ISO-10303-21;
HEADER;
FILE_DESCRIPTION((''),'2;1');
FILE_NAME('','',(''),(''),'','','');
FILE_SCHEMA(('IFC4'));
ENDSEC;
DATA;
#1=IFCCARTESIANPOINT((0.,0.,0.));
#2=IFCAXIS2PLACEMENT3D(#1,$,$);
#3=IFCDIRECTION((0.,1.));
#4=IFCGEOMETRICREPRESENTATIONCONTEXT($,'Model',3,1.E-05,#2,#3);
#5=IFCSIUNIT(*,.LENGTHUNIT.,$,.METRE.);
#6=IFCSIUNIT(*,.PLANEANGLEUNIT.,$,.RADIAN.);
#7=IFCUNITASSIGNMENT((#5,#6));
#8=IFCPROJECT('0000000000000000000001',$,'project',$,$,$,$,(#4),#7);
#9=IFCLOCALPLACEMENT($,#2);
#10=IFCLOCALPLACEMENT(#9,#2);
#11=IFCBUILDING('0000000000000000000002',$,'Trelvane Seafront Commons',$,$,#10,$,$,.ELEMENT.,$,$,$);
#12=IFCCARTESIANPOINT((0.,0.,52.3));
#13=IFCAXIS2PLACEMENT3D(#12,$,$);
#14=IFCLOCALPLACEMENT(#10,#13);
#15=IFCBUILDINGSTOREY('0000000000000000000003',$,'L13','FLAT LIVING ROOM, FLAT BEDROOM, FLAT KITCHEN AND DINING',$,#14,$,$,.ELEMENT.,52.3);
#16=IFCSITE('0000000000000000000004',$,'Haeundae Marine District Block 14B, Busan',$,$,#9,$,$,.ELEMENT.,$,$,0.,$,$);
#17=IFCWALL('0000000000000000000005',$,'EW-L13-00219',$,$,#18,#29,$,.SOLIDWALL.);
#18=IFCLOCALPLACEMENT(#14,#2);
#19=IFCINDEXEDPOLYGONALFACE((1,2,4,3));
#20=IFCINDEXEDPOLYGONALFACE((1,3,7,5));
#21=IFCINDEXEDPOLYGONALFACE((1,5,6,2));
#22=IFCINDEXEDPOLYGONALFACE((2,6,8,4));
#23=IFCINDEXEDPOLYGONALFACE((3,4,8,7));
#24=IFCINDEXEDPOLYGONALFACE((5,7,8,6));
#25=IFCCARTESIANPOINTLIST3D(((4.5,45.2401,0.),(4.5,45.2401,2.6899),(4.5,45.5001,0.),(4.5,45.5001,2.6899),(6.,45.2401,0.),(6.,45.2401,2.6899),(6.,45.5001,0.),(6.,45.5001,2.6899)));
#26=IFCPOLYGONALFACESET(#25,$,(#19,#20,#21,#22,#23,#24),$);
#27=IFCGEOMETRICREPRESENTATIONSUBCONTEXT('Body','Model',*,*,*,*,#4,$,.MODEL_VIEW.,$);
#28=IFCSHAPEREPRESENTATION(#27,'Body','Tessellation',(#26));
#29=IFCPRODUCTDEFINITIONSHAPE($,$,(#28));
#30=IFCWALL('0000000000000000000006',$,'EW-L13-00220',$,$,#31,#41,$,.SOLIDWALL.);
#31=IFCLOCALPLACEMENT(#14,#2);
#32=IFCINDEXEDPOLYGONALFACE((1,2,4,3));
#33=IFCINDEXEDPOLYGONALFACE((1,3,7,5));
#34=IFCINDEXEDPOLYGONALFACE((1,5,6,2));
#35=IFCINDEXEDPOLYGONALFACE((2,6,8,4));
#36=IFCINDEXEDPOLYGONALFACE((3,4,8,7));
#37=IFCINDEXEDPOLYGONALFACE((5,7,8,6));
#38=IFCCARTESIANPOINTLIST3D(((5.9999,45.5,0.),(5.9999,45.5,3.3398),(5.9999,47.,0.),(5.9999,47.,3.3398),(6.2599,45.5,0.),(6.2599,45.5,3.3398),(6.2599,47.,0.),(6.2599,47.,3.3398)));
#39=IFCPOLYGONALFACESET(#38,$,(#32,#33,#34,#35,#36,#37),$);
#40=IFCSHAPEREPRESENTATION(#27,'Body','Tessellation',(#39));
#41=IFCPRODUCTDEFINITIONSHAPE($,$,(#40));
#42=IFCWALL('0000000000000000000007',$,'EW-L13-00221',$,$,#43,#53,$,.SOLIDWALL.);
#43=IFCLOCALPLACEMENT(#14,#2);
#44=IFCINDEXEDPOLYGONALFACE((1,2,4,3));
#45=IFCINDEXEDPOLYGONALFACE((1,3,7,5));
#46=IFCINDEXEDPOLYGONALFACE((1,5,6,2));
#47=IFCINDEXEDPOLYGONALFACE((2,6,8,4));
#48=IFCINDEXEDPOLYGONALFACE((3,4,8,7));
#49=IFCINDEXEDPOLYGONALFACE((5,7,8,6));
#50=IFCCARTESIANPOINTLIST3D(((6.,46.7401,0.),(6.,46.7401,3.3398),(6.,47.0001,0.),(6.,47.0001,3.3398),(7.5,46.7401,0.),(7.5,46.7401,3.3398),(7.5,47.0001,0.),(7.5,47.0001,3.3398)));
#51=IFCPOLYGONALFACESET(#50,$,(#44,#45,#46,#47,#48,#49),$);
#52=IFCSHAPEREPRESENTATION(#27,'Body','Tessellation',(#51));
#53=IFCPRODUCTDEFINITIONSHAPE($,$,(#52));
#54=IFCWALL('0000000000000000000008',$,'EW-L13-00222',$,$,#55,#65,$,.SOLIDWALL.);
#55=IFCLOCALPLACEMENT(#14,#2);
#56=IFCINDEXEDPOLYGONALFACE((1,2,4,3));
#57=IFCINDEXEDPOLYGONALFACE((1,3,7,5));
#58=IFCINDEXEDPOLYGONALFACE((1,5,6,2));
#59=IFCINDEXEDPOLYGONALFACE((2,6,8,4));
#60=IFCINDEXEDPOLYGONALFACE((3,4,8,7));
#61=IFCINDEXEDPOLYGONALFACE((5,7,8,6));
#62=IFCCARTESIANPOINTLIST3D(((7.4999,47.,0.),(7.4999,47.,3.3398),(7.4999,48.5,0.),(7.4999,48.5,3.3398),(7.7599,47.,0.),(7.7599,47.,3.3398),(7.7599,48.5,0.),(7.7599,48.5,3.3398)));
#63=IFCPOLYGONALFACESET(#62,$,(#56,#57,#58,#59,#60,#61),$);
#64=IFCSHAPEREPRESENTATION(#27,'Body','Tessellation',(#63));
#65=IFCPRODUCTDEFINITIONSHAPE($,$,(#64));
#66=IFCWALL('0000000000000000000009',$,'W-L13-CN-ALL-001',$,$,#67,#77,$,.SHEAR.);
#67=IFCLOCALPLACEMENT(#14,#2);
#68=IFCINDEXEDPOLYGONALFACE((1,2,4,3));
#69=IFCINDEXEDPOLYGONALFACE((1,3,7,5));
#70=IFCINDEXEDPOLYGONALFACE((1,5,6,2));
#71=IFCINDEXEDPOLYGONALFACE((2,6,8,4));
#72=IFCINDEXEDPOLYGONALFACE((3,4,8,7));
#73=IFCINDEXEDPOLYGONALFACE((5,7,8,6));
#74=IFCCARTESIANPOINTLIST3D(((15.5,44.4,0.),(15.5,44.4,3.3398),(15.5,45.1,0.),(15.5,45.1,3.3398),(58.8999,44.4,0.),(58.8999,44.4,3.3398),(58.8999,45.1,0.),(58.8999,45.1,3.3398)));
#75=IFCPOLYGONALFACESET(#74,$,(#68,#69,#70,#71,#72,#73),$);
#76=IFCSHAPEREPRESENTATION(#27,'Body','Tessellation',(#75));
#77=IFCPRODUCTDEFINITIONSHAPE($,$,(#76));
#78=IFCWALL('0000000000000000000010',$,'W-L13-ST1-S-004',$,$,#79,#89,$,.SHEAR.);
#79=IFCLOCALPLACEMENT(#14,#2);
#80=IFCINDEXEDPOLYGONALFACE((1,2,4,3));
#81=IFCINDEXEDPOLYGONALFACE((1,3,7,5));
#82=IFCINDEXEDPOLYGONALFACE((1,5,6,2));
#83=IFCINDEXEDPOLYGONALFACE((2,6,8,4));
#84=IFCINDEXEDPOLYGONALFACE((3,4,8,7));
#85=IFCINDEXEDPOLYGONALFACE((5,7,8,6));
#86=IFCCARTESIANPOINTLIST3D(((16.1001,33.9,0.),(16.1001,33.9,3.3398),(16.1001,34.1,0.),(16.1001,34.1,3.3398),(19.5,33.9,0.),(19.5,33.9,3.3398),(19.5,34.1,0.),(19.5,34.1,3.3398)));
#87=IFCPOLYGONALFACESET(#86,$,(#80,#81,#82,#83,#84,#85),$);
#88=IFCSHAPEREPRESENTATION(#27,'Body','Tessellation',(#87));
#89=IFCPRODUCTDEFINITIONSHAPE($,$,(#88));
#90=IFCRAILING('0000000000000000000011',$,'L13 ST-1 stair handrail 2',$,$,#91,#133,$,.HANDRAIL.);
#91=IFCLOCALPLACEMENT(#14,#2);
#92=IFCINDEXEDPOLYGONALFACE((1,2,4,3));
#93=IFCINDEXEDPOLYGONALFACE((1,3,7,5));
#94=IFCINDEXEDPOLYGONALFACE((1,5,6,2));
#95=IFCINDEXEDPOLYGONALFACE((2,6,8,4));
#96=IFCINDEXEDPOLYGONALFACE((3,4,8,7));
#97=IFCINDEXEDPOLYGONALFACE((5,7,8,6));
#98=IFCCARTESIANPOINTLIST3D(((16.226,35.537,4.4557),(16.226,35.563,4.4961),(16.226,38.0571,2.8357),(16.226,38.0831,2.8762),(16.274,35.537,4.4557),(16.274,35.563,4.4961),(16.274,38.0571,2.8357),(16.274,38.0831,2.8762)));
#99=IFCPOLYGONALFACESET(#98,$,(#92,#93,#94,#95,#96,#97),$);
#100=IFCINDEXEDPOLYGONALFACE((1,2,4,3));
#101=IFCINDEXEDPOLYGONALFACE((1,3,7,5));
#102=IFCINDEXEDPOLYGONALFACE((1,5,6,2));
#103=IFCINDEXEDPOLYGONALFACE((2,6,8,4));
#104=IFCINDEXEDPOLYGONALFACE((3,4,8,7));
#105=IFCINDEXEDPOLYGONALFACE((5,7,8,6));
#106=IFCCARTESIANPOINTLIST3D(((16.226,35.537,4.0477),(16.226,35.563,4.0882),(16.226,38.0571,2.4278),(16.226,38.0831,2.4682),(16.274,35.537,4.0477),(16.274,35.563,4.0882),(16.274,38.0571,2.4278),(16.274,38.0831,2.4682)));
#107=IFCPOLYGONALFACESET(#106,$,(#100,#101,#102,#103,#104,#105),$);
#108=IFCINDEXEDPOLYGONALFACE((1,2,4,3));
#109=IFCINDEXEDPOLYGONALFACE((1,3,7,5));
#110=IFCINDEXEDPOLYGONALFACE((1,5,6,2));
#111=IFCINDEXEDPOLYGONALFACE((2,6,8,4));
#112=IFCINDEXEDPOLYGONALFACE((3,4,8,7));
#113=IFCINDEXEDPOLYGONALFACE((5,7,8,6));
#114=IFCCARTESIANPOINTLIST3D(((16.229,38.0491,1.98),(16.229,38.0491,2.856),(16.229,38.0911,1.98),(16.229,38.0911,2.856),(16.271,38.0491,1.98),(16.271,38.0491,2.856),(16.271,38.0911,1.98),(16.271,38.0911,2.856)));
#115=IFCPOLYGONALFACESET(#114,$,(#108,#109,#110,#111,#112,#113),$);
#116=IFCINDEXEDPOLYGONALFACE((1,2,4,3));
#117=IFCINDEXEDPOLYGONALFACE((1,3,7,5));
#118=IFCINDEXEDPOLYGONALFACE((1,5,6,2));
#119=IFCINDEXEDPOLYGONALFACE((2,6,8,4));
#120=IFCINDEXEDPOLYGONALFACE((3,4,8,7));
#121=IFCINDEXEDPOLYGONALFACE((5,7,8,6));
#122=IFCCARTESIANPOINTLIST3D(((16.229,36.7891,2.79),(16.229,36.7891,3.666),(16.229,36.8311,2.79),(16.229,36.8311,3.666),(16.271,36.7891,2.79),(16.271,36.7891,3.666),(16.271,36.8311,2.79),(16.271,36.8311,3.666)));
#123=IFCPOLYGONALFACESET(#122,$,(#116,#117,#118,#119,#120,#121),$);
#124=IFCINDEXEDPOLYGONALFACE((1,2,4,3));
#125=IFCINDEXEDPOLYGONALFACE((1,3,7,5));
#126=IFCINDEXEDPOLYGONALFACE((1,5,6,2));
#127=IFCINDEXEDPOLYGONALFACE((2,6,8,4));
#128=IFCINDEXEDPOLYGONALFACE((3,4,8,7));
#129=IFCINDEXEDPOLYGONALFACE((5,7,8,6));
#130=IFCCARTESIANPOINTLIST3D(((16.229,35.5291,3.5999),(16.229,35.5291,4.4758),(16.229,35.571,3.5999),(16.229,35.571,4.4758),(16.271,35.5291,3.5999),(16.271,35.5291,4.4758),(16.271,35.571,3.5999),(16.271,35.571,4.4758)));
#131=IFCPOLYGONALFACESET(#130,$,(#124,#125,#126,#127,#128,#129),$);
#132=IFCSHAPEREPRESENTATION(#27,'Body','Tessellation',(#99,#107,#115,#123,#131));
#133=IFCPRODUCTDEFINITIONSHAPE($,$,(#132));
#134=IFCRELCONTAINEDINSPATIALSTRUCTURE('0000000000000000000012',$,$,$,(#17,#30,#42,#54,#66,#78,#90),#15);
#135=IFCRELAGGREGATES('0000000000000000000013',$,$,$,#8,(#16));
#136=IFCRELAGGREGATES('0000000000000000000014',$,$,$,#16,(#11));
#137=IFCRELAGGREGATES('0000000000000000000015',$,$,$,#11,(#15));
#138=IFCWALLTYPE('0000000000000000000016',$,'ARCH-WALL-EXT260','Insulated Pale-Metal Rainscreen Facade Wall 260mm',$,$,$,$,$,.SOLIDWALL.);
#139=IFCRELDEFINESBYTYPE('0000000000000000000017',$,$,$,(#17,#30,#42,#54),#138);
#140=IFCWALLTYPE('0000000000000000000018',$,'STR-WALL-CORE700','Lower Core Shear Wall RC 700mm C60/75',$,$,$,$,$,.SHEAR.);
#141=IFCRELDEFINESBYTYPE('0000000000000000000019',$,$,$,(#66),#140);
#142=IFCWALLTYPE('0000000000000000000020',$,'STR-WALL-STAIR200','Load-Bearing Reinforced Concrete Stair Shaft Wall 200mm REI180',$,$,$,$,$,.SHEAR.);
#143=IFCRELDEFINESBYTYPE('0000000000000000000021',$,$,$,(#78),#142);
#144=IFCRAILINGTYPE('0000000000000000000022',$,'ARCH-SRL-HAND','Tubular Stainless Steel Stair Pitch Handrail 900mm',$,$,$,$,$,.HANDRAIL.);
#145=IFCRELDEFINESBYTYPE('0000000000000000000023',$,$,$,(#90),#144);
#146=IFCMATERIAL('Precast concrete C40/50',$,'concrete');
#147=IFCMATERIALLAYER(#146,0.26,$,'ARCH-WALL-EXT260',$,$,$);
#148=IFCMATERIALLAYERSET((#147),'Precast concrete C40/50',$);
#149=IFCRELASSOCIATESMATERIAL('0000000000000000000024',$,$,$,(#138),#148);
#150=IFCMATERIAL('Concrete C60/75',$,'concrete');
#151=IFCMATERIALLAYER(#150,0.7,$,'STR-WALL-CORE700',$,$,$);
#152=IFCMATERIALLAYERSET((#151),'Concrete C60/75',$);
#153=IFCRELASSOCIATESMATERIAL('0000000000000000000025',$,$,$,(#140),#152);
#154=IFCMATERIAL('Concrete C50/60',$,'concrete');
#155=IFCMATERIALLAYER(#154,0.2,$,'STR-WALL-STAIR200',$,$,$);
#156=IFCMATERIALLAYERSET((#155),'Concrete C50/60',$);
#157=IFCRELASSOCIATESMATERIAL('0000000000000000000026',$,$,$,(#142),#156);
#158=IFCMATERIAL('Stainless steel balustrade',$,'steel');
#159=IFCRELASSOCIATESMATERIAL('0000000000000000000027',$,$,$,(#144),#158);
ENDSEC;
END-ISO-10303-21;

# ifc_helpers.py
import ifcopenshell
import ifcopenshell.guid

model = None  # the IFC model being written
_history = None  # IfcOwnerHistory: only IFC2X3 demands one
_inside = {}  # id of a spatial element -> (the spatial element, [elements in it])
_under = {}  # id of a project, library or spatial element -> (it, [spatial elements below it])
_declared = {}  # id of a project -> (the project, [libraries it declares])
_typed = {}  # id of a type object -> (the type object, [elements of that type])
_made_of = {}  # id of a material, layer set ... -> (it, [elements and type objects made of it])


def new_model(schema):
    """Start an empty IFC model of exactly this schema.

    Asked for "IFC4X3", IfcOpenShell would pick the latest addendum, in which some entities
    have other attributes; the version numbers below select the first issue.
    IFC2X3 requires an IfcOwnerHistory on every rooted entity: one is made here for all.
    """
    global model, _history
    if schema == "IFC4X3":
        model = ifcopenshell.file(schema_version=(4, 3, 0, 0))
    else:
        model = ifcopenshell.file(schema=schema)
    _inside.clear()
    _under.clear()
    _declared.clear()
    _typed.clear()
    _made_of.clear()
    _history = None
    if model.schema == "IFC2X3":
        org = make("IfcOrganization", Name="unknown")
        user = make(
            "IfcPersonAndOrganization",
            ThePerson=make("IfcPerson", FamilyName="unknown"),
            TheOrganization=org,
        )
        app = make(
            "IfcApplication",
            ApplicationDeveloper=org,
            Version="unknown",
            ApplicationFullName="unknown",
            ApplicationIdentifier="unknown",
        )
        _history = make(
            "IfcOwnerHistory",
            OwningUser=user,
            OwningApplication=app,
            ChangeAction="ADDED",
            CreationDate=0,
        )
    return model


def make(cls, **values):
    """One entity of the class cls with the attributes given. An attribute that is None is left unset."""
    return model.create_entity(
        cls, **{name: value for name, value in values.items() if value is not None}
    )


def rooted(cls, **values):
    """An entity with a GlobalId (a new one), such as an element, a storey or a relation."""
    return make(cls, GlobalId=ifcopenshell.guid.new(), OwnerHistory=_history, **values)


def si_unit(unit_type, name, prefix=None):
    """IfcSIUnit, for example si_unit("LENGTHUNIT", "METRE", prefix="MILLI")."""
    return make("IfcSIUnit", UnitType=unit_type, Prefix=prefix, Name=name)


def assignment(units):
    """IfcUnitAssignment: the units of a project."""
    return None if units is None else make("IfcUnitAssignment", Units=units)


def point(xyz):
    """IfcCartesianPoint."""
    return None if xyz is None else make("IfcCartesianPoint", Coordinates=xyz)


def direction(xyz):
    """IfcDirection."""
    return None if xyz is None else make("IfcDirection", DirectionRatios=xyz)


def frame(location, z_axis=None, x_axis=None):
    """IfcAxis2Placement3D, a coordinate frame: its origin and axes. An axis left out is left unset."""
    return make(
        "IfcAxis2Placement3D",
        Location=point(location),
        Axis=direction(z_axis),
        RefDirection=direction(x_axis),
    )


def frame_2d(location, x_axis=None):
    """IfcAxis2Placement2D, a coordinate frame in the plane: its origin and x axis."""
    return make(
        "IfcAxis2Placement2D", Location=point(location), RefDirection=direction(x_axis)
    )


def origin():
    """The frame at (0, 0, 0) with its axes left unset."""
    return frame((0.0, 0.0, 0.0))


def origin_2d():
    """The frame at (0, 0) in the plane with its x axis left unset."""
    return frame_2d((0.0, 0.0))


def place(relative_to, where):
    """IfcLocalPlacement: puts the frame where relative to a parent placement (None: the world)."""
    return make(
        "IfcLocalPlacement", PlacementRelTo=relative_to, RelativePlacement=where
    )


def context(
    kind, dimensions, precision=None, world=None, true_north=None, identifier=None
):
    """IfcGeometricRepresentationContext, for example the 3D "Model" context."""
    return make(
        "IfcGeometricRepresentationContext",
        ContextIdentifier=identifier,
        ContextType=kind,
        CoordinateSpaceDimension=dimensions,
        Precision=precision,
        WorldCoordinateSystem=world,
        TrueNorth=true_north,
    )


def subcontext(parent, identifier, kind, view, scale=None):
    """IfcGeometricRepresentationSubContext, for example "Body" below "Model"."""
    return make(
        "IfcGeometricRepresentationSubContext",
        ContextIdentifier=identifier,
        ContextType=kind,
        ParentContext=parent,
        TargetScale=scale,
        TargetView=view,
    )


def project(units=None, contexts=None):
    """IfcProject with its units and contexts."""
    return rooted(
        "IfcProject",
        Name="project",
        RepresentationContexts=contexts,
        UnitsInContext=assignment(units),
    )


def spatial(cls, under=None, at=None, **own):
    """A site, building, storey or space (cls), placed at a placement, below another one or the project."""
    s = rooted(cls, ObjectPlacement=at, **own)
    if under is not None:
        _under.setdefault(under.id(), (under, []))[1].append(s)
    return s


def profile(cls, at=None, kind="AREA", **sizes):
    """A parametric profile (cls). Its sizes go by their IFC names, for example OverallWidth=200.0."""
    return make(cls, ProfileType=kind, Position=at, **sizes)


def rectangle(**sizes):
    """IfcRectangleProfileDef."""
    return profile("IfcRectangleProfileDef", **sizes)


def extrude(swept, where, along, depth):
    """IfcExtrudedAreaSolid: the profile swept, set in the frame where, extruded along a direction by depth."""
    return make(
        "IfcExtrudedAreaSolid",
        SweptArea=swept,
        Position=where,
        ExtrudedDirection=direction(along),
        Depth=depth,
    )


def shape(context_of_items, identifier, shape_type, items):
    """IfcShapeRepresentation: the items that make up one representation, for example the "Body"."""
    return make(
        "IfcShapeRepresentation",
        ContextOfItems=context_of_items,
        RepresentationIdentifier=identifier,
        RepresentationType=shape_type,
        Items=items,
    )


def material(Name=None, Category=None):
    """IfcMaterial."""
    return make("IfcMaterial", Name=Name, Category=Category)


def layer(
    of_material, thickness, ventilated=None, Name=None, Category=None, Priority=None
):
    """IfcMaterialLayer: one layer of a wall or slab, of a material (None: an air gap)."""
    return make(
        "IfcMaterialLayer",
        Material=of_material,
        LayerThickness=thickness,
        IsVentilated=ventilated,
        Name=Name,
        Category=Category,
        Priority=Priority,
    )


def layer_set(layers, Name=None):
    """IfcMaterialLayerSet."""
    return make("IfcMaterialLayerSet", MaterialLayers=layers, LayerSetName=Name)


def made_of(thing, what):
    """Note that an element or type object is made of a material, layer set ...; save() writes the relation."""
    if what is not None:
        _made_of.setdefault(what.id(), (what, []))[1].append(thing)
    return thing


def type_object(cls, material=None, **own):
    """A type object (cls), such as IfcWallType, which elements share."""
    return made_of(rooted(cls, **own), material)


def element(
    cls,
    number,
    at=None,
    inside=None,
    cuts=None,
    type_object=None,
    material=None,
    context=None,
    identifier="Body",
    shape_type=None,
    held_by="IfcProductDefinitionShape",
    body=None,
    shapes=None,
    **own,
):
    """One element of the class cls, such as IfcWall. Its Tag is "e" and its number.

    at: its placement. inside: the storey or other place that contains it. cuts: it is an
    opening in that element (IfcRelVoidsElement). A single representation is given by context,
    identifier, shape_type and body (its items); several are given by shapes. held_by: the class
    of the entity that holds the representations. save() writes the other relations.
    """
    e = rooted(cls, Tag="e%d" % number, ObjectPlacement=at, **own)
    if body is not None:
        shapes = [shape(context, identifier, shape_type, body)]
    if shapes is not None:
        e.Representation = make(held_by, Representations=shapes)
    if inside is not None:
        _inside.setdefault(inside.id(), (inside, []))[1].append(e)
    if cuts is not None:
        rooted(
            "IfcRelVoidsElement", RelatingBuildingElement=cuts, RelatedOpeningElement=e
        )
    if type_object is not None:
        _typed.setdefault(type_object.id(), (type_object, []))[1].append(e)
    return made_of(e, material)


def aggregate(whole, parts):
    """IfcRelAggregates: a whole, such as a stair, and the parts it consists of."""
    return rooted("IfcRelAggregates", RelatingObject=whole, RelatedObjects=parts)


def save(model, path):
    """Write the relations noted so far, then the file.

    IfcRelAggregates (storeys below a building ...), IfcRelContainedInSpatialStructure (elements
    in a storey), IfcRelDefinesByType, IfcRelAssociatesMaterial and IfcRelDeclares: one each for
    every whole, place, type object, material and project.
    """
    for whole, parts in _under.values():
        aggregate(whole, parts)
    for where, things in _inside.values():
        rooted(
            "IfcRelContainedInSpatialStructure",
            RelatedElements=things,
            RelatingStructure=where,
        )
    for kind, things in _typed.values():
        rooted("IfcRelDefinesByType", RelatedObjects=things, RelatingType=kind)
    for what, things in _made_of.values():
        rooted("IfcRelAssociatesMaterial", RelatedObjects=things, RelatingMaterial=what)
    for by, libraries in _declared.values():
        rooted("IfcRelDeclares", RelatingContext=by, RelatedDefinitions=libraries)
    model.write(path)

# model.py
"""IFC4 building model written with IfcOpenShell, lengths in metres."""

from ifc_helpers import new_model, si_unit, direction, frame, frame_2d, origin, origin_2d, place, context, subcontext, project, spatial, rectangle, extrude, material, layer, layer_set, type_object, element, save


model = new_model("IFC4")

# Units and contexts
model_context = context("Model", 3, precision=1e-05, world=origin(), true_north=direction((0.0, 1.0)))
body_context = subcontext(model_context, "Body", "Model", "MODEL_VIEW")
ifc_project = project(units=[si_unit("LENGTHUNIT", "METRE"), si_unit("PLANEANGLEUNIT", "RADIAN")], contexts=[model_context])

# Site, building, storey
site_placement = place(None, origin())
site = spatial("IfcSite", under=ifc_project, at=site_placement, Name="Haeundae Marine District Block 14B, Busan", CompositionType="ELEMENT", RefElevation=0.0)
building_placement = place(site_placement, origin())
building = spatial("IfcBuilding", under=site, at=building_placement, Name="Trelvane Seafront Commons", CompositionType="ELEMENT")
storey_placement = place(building_placement, frame((0.0, 0.0, 52.3)))
storey = spatial("IfcBuildingStorey", under=building, at=storey_placement, Name="L13", Description="FLAT LIVING ROOM, FLAT BEDROOM, FLAT KITCHEN AND DINING", CompositionType="ELEMENT", Elevation=52.3)

# Shared definitions
ifc_material_1 = material(Name="Concrete C60/75", Category="concrete")

# Shared definitions
ifc_material_2 = material(Name="Precast concrete C40/50", Category="concrete")
ifc_layer_1 = layer(ifc_material_2, 0.26, Name="ARCH-WALL-EXT260")
ifc_layer_set_1 = layer_set([ifc_layer_1], Name="Precast concrete C40/50")
wall_type_1 = type_object("IfcWallType", Name="ARCH-WALL-EXT260", Description="Insulated Pale-Metal Rainscreen Facade Wall 260mm", PredefinedType="SOLIDWALL", material=ifc_layer_set_1)

# Walls
wall_1_placement = place(storey_placement, frame((4.5, 45.3701, 0.0), z_axis=(0.0, 0.0, 1.0), x_axis=(1.0, 0.0, 0.0)))
element("IfcWall", 1, at=wall_1_placement, inside=storey, type_object=wall_type_1, Name="EW-L13-00219", PredefinedType="SOLIDWALL", context=body_context, shape_type="SweptSolid", body=[
    extrude(rectangle(XDim=1.5, YDim=0.26, at=frame_2d((0.75, 0.0))), origin(), (0.0, 0.0, 1.0), 2.6899),
])
for number, where, z_axis, x_axis, name in (
    (2, (6.1299, 45.5, 0.0), (0.0, 0.0, 1.0), (0.0, 1.0, 0.0), "EW-L13-00220"),
    (3, (6.0, 46.8701, 0.0), (0.0, 0.0, 1.0), (1.0, 0.0, 0.0), "EW-L13-00221"),
    (4, (7.6299, 47.0, 0.0), (0.0, 0.0, 1.0), (0.0, 1.0, 0.0), "EW-L13-00222"),
):
    element("IfcWall", number, at=place(storey_placement, frame(where, z_axis=z_axis, x_axis=x_axis)), inside=storey, type_object=wall_type_1, Name=name, PredefinedType="SOLIDWALL", context=body_context, shape_type="SweptSolid", body=[
        extrude(rectangle(XDim=1.5, YDim=0.26, at=frame_2d((0.75, 0.0))), origin(), (0.0, 0.0, 1.0), 3.3398),
    ])

# Walls
ifc_layer_2 = layer(ifc_material_1, 0.7, Name="STR-WALL-CORE700")
ifc_layer_set_2 = layer_set([ifc_layer_2], Name="Concrete C60/75")
wall_type_2 = type_object("IfcWallType", Name="STR-WALL-CORE700", Description="Lower Core Shear Wall RC 700mm C60/75", PredefinedType="SHEAR", material=ifc_layer_set_2)
wall_2_placement = place(storey_placement, frame((15.5, 44.75, 0.0), z_axis=(0.0, 0.0, 1.0), x_axis=(1.0, 0.0, 0.0)))
element("IfcWall", 5, at=wall_2_placement, inside=storey, type_object=wall_type_2, Name="W-L13-CN-ALL-001", PredefinedType="SHEAR", context=body_context, shape_type="SweptSolid", body=[
    extrude(rectangle(XDim=43.3999, YDim=0.7, at=frame_2d((21.7, 0.0))), origin(), (0.0, 0.0, 1.0), 3.3398),
])
ifc_material_3 = material(Name="Concrete C50/60", Category="concrete")
ifc_layer_3 = layer(ifc_material_3, 0.2, Name="STR-WALL-STAIR200")
ifc_layer_set_3 = layer_set([ifc_layer_3], Name="Concrete C50/60")
wall_type_3 = type_object("IfcWallType", Name="STR-WALL-STAIR200", Description="Load-Bearing Reinforced Concrete Stair Shaft Wall 200mm REI180", PredefinedType="SHEAR", material=ifc_layer_set_3)
wall_3_placement = place(storey_placement, frame((16.1001, 34.0, 0.0), z_axis=(0.0, 0.0, 1.0), x_axis=(1.0, 0.0, 0.0)))
element("IfcWall", 6, at=wall_3_placement, inside=storey, type_object=wall_type_3, Name="W-L13-ST1-S-004", PredefinedType="SHEAR", context=body_context, shape_type="SweptSolid", body=[
    extrude(rectangle(XDim=3.3999, YDim=0.2, at=frame_2d((1.7, 0.0))), origin(), (0.0, 0.0, 1.0), 3.3398),
])

# Railing
ifc_material_4 = material(Name="Stainless steel balustrade", Category="steel")
railing_type = type_object("IfcRailingType", Name="ARCH-SRL-HAND", Description="Tubular Stainless Steel Stair Pitch Handrail 900mm", PredefinedType="HANDRAIL", material=ifc_material_4)
railing_placement = place(storey_placement, frame((16.25, 38.0701, 1.98)))
element("IfcRailing", 7, at=railing_placement, inside=storey, type_object=railing_type, Name="L13 ST-1 stair handrail 2", PredefinedType="HANDRAIL", context=body_context, shape_type="SweptSolid", body=[
    extrude(rectangle(XDim=0.0481, YDim=0.0481, at=origin_2d()), frame((0.0, 0.0, 0.876), z_axis=(0.0, -0.8412, 0.540725), x_axis=(1.0, 0.0, 0.0)), (0.0, 0.0, 1.0), 2.9958),
    extrude(rectangle(XDim=0.0481, YDim=0.0481, at=origin_2d()), frame((0.0, 0.0, 0.468), z_axis=(0.0, -0.8412, 0.540725), x_axis=(1.0, 0.0, 0.0)), (0.0, 0.0, 1.0), 2.9958),
    extrude(rectangle(XDim=0.042, YDim=0.042, at=origin_2d()), origin(), (0.0, 0.0, 1.0), 0.876),
    extrude(rectangle(XDim=0.042, YDim=0.042, at=origin_2d()), frame((0.0, -1.26, 0.8101)), (0.0, 0.0, 1.0), 0.876),
    extrude(rectangle(XDim=0.042, YDim=0.042, at=origin_2d()), frame((0.0, -2.52, 1.6199)), (0.0, 0.0, 1.0), 0.876),
])

save(model, "model.ifc")
